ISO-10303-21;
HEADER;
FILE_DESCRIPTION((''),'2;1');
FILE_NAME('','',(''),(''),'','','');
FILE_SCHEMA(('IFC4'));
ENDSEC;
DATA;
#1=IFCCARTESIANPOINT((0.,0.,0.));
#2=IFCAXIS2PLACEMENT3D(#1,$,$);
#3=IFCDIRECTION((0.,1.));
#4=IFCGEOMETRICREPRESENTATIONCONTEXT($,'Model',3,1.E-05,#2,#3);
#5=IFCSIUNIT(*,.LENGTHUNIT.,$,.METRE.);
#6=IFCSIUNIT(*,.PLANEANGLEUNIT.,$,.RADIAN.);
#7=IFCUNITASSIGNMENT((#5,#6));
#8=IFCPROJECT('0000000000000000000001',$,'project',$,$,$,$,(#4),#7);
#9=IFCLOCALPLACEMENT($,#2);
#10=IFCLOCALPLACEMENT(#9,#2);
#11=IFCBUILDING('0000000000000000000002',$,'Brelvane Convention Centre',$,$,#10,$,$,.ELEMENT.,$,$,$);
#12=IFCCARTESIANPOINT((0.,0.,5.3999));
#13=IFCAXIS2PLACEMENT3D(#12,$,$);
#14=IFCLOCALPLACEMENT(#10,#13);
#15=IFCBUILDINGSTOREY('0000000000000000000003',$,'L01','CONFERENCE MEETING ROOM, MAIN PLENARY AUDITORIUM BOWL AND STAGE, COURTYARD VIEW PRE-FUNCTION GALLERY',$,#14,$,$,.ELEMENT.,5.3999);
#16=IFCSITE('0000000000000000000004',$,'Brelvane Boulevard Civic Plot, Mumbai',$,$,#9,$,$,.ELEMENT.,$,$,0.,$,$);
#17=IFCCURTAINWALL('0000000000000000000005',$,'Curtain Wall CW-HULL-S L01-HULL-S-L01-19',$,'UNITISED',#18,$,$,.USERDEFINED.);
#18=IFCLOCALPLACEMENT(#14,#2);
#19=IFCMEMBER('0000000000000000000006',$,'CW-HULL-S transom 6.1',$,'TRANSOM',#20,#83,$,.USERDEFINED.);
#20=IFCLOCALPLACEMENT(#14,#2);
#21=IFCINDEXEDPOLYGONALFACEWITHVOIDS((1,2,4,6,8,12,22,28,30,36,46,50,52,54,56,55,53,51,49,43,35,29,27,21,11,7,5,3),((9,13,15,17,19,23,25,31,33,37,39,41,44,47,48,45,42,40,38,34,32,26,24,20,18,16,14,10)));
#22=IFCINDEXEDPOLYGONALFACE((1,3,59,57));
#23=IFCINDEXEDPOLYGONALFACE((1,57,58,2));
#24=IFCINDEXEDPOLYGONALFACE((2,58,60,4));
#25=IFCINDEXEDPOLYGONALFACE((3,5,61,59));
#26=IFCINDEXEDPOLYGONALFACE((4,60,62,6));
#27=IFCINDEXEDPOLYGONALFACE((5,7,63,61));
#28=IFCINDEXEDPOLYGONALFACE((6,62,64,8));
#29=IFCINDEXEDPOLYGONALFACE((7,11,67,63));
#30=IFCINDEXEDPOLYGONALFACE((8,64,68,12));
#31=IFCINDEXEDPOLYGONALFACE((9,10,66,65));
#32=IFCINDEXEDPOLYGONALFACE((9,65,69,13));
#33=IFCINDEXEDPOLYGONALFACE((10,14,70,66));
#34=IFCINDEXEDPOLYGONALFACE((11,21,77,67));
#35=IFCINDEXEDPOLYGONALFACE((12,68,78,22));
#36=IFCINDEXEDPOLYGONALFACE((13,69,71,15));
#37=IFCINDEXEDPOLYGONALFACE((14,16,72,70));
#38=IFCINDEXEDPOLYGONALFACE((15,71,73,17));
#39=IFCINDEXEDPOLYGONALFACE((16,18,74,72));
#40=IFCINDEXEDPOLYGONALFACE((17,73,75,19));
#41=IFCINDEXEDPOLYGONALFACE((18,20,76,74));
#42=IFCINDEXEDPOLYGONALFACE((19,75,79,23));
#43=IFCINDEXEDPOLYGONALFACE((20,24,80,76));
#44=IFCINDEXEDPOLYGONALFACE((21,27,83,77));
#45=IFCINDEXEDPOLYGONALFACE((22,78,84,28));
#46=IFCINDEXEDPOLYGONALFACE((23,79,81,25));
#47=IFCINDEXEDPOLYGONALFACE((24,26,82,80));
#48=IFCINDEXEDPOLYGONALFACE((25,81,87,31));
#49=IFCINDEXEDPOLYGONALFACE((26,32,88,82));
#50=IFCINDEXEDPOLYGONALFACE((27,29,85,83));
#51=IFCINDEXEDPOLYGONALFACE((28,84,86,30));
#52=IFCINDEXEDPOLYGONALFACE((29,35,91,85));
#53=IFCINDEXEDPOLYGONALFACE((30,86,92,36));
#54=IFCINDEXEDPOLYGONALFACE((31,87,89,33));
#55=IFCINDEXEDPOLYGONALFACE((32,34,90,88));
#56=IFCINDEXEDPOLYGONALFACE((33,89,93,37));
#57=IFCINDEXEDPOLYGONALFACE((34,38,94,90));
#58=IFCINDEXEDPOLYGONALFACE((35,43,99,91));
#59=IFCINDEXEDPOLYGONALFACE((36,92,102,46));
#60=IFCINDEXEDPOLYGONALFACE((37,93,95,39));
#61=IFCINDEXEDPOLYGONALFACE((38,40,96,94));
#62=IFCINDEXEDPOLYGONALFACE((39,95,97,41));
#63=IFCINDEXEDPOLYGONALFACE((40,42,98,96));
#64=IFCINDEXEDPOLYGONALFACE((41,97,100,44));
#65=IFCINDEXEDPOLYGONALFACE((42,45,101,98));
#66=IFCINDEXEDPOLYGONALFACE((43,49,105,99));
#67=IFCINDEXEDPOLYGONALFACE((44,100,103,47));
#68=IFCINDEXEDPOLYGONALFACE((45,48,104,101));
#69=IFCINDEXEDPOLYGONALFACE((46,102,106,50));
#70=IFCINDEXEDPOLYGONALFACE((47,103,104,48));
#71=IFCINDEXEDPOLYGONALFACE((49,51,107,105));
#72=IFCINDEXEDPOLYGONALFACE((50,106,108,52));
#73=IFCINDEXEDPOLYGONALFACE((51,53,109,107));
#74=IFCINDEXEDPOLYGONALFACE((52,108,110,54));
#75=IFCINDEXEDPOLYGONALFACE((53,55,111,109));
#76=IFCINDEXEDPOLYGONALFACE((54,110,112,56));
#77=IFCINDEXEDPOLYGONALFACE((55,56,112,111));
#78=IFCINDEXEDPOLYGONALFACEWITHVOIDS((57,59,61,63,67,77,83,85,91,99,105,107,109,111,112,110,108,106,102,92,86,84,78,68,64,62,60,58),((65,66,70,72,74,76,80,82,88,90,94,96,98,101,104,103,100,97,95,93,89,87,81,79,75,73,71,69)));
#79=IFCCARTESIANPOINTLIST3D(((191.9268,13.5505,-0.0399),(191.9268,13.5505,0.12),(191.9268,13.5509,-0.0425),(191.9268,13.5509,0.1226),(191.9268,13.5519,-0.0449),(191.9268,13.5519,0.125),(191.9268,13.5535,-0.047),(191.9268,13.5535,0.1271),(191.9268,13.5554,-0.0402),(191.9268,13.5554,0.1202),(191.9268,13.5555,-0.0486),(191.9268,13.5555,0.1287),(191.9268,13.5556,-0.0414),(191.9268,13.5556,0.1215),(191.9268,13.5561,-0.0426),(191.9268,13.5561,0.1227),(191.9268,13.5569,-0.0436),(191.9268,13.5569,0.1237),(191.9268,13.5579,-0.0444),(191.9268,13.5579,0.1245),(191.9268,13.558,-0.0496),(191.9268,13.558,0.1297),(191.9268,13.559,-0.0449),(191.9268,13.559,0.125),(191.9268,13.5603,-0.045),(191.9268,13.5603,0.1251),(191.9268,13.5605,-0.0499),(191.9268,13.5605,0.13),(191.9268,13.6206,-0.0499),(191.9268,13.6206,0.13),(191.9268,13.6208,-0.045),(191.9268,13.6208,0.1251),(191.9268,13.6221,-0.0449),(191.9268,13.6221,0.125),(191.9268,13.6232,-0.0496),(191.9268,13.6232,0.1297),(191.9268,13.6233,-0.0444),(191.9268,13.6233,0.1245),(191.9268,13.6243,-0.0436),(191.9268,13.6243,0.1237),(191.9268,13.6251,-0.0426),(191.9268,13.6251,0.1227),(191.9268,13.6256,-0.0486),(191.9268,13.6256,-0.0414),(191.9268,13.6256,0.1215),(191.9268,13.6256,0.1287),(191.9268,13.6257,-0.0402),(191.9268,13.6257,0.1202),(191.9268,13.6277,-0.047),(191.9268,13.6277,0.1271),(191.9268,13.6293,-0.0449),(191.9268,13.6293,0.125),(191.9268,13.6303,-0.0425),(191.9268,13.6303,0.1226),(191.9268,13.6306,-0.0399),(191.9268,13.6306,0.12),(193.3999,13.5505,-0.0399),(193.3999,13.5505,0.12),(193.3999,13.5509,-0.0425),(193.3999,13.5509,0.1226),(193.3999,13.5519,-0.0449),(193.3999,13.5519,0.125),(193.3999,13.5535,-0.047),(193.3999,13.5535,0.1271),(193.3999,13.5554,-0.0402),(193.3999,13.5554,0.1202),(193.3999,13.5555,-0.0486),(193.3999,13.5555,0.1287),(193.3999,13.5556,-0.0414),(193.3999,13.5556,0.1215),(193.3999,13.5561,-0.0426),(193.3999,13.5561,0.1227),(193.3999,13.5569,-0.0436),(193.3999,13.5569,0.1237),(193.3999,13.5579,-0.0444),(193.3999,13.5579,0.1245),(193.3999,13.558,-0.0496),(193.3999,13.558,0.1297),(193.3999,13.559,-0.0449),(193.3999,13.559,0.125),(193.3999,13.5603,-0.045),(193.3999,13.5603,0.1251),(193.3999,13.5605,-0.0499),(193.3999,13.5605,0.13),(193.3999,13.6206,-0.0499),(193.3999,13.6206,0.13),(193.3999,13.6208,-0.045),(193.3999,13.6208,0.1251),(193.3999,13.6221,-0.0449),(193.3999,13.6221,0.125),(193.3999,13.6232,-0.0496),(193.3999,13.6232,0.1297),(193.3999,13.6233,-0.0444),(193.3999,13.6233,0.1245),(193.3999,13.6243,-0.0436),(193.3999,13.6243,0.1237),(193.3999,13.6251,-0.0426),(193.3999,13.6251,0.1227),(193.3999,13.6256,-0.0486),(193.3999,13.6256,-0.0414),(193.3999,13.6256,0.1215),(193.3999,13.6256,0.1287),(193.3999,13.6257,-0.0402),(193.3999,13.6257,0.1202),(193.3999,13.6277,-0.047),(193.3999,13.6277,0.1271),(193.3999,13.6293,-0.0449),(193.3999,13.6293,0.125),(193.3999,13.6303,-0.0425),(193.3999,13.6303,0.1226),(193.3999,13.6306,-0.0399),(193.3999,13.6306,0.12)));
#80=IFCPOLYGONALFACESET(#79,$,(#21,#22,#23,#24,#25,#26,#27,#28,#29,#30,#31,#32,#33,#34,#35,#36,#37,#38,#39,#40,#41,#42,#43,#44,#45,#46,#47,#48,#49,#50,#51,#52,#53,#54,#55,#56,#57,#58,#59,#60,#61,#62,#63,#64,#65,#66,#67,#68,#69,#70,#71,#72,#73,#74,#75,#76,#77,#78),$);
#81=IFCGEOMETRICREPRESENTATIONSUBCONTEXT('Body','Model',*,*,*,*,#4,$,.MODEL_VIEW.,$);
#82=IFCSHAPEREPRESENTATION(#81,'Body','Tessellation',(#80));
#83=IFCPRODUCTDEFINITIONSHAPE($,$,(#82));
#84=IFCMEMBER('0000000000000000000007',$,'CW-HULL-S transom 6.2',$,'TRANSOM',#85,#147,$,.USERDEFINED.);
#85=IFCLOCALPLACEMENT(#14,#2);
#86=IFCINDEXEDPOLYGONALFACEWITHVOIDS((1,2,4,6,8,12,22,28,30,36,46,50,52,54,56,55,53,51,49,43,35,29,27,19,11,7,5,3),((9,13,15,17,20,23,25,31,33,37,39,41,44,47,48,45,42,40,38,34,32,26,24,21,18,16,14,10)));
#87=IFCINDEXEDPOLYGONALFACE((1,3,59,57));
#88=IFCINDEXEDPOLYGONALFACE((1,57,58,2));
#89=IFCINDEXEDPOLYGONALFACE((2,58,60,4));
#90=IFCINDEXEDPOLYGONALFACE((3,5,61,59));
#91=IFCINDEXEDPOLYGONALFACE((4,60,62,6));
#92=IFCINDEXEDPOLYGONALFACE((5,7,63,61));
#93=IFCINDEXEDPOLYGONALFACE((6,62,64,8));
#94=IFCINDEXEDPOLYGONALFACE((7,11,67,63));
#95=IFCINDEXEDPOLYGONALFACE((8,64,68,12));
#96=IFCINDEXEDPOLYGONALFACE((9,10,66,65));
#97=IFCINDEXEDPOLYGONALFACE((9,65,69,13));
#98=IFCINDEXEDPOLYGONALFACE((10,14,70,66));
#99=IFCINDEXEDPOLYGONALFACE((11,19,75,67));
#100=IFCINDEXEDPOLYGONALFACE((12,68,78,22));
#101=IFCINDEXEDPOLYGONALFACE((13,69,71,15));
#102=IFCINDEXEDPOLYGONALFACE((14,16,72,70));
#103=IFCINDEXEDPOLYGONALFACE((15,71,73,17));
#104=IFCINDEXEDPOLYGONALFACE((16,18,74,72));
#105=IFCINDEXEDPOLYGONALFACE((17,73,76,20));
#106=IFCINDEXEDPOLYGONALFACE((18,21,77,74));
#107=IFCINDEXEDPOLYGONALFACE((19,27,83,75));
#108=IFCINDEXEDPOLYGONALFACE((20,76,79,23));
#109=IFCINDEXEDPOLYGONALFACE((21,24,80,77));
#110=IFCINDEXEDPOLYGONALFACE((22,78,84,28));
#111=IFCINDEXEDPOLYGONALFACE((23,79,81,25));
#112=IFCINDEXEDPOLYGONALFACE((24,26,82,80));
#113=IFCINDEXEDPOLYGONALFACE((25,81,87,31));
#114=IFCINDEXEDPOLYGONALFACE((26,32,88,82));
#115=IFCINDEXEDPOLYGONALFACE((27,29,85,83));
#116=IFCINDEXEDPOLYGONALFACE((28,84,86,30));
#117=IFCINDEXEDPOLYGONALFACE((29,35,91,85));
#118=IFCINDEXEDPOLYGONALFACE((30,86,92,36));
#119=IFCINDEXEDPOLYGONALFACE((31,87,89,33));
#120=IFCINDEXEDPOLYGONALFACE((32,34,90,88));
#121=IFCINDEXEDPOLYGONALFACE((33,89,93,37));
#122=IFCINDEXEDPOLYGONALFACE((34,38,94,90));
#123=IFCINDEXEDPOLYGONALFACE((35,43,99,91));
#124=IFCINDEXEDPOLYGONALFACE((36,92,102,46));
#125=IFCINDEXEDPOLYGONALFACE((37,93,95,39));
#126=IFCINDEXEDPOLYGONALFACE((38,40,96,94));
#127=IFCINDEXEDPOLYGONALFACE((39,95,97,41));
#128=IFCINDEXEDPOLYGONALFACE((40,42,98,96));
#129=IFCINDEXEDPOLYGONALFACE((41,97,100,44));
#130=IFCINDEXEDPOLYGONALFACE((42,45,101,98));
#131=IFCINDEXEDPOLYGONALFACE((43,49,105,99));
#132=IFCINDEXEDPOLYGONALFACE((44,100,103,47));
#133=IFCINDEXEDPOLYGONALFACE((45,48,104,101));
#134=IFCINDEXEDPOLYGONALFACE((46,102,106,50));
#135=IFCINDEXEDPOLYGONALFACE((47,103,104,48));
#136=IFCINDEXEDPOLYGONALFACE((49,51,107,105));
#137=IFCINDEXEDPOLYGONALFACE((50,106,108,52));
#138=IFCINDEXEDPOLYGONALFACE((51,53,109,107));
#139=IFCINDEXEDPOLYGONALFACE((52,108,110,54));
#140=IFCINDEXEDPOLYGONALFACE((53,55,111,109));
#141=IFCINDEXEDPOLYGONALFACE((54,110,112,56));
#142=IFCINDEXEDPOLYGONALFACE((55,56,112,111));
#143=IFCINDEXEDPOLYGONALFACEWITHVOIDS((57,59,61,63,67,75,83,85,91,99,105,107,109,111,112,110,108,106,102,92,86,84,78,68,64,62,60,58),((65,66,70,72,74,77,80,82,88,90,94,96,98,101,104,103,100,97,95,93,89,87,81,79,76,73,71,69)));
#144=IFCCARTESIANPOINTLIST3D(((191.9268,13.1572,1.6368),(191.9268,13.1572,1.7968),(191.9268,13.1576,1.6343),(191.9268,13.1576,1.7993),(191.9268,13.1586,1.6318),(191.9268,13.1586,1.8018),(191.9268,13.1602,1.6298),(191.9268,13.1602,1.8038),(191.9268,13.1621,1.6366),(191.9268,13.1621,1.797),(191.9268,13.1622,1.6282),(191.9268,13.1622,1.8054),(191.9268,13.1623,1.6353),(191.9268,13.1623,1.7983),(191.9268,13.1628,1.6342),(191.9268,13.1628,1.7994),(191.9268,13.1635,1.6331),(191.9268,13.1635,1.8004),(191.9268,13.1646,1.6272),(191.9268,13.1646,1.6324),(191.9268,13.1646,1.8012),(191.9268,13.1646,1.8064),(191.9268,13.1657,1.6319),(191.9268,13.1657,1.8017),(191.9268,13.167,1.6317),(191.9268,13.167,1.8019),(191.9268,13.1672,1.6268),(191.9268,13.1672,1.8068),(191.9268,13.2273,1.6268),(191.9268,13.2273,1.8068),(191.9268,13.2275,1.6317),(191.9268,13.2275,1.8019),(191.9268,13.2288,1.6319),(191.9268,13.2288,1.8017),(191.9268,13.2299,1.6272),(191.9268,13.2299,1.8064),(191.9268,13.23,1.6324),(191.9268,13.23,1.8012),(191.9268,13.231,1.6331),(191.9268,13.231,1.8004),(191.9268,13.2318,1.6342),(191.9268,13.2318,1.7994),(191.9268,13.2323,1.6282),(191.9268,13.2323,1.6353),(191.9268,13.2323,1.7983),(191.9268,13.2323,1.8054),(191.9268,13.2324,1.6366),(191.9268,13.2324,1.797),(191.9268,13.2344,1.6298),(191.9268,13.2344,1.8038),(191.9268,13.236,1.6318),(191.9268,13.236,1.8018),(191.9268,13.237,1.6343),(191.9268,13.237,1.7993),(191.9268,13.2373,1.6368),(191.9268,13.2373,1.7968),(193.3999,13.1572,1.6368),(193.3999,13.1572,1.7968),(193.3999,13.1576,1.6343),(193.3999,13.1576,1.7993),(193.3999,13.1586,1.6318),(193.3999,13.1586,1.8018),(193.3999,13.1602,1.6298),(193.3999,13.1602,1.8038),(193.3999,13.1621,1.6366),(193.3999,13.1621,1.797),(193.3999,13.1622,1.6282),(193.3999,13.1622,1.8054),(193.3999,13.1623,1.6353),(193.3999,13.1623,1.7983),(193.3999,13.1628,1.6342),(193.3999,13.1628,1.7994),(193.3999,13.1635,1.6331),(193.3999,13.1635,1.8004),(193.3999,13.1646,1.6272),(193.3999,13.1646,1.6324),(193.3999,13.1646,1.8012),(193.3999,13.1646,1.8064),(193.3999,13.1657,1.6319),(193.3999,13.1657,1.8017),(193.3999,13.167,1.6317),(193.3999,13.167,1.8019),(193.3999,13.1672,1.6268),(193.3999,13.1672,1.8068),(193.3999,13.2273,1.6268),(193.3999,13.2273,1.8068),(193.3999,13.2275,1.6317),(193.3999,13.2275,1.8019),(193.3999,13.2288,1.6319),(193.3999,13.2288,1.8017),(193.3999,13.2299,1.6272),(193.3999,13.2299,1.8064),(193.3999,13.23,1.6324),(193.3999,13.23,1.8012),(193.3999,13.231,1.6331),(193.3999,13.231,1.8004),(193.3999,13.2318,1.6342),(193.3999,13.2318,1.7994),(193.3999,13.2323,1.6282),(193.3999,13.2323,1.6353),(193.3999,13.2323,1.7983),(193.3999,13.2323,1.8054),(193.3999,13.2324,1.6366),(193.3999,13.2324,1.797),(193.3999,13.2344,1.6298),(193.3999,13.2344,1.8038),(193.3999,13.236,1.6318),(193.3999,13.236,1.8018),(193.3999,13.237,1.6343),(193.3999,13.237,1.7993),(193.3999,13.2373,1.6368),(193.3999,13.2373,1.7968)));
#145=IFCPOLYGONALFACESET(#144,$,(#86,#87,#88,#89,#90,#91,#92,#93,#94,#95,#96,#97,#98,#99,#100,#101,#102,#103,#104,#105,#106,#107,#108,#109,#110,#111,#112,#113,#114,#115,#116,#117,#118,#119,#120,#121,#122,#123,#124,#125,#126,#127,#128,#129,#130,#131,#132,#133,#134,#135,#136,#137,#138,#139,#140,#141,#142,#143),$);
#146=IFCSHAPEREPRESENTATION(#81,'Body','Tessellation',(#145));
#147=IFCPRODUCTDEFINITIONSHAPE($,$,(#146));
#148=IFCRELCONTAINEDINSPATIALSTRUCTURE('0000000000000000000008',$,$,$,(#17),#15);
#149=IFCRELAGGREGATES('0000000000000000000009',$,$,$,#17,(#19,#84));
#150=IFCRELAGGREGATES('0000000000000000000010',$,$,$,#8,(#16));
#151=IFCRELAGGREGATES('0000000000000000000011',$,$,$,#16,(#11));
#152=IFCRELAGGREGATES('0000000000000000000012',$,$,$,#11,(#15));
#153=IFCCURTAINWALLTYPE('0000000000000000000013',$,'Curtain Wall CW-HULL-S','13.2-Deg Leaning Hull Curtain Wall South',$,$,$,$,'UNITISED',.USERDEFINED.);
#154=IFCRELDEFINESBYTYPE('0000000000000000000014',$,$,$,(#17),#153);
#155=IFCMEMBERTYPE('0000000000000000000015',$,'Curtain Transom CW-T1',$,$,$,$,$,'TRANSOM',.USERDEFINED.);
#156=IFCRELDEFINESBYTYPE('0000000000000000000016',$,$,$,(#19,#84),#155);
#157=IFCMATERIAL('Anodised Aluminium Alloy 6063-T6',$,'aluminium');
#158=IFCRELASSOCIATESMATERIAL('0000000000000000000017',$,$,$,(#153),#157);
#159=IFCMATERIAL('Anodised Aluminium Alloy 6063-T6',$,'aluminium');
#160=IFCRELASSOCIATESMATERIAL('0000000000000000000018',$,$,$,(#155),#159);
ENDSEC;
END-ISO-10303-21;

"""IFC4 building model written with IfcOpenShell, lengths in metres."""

from ifc_helpers import new_model, si_unit, direction, frame, origin, origin_2d, place, context, subcontext, project, spatial, hollow_rectangle, extrude, material, material_profile, profile_set, type_object, element, aggregate, save


model = new_model("IFC4")

# Units and contexts
model_context = context("Model", 3, precision=1e-05, world=origin(), true_north=direction((0.0, 1.0)))
body_context = subcontext(model_context, "Body", "Model", "MODEL_VIEW")
ifc_project = project(units=[si_unit("LENGTHUNIT", "METRE"), si_unit("PLANEANGLEUNIT", "RADIAN")], contexts=[model_context])

# Site, building, storey
site_placement = place(None, origin())
site = spatial("IfcSite", under=ifc_project, at=site_placement, Name="Brelvane Boulevard Civic Plot, Mumbai", CompositionType="ELEMENT", RefElevation=0.0)
building_placement = place(site_placement, origin())
building = spatial("IfcBuilding", under=site, at=building_placement, Name="Brelvane Convention Centre", CompositionType="ELEMENT")
storey_placement = place(building_placement, frame((0.0, 0.0, 5.3999)))
storey = spatial("IfcBuildingStorey", under=building, at=storey_placement, Name="L01", Description="CONFERENCE MEETING ROOM, MAIN PLENARY AUDITORIUM BOWL AND STAGE, COURTYARD VIEW PRE-FUNCTION GALLERY", CompositionType="ELEMENT", Elevation=5.3999)

# Curtain wall, members
ifc_material_1 = material(Name="Anodised Aluminium Alloy 6063-T6", Category="aluminium")
curtain_wall_type = type_object("IfcCurtainWallType", Name="Curtain Wall CW-HULL-S", Description="13.2-Deg Leaning Hull Curtain Wall South", ElementType="UNITISED", PredefinedType="USERDEFINED", material=ifc_material_1)
curtain_wall_1_placement = place(storey_placement, origin())
curtain_wall_1 = element("IfcCurtainWall", 1, at=curtain_wall_1_placement, inside=storey, type_object=curtain_wall_type, Name="Curtain Wall CW-HULL-S L01-HULL-S-L01-19", ObjectType="UNITISED", PredefinedType="USERDEFINED")
ifc_material_2 = material(Name="Anodised Aluminium Alloy 6063-T6", Category="aluminium")
ifc_material_profile = material_profile(ifc_material_2, hollow_rectangle(XDim=0.0801, YDim=0.1799, WallThickness=0.0049, InnerFilletRadius=0.0049, OuterFilletRadius=0.01, at=origin_2d()), Name="ALU-T 180x80x5.0")
ifc_profile_set = profile_set([ifc_material_profile], Name="Anodised Aluminium Alloy 6063-T6")
member_type = type_object("IfcMemberType", Name="Curtain Transom CW-T1", ElementType="TRANSOM", PredefinedType="USERDEFINED", material=ifc_profile_set)
member_1_placement = place(storey_placement, frame((191.9268, 13.5906, 0.04), z_axis=(1.0, 0.0, 0.0), x_axis=(0.0, 1.0, 0.0)))
member_1 = element("IfcMember", 2, at=member_1_placement, type_object=member_type, Name="CW-HULL-S transom 6.1", ObjectType="TRANSOM", PredefinedType="USERDEFINED", context=body_context, shape_type="SweptSolid", body=[
    extrude(hollow_rectangle(XDim=0.0801, YDim=0.1799, WallThickness=0.0049, InnerFilletRadius=0.0049, OuterFilletRadius=0.01, at=origin_2d()), origin(), (0.0, 0.0, 1.0), 1.4731),
])
member_2_placement = place(storey_placement, frame((191.9268, 13.1973, 1.7168), z_axis=(1.0, 0.0, 0.0), x_axis=(0.0, 1.0, 0.0)))
member_2 = element("IfcMember", 3, at=member_2_placement, type_object=member_type, Name="CW-HULL-S transom 6.2", ObjectType="TRANSOM", PredefinedType="USERDEFINED", context=body_context, shape_type="SweptSolid", body=[
    extrude(hollow_rectangle(XDim=0.0801, YDim=0.1799, WallThickness=0.0049, InnerFilletRadius=0.0049, OuterFilletRadius=0.01, at=origin_2d()), origin(), (0.0, 0.0, 1.0), 1.4731),
])

aggregate(curtain_wall_1, [member_1, member_2])

save(model, "model.ifc")
